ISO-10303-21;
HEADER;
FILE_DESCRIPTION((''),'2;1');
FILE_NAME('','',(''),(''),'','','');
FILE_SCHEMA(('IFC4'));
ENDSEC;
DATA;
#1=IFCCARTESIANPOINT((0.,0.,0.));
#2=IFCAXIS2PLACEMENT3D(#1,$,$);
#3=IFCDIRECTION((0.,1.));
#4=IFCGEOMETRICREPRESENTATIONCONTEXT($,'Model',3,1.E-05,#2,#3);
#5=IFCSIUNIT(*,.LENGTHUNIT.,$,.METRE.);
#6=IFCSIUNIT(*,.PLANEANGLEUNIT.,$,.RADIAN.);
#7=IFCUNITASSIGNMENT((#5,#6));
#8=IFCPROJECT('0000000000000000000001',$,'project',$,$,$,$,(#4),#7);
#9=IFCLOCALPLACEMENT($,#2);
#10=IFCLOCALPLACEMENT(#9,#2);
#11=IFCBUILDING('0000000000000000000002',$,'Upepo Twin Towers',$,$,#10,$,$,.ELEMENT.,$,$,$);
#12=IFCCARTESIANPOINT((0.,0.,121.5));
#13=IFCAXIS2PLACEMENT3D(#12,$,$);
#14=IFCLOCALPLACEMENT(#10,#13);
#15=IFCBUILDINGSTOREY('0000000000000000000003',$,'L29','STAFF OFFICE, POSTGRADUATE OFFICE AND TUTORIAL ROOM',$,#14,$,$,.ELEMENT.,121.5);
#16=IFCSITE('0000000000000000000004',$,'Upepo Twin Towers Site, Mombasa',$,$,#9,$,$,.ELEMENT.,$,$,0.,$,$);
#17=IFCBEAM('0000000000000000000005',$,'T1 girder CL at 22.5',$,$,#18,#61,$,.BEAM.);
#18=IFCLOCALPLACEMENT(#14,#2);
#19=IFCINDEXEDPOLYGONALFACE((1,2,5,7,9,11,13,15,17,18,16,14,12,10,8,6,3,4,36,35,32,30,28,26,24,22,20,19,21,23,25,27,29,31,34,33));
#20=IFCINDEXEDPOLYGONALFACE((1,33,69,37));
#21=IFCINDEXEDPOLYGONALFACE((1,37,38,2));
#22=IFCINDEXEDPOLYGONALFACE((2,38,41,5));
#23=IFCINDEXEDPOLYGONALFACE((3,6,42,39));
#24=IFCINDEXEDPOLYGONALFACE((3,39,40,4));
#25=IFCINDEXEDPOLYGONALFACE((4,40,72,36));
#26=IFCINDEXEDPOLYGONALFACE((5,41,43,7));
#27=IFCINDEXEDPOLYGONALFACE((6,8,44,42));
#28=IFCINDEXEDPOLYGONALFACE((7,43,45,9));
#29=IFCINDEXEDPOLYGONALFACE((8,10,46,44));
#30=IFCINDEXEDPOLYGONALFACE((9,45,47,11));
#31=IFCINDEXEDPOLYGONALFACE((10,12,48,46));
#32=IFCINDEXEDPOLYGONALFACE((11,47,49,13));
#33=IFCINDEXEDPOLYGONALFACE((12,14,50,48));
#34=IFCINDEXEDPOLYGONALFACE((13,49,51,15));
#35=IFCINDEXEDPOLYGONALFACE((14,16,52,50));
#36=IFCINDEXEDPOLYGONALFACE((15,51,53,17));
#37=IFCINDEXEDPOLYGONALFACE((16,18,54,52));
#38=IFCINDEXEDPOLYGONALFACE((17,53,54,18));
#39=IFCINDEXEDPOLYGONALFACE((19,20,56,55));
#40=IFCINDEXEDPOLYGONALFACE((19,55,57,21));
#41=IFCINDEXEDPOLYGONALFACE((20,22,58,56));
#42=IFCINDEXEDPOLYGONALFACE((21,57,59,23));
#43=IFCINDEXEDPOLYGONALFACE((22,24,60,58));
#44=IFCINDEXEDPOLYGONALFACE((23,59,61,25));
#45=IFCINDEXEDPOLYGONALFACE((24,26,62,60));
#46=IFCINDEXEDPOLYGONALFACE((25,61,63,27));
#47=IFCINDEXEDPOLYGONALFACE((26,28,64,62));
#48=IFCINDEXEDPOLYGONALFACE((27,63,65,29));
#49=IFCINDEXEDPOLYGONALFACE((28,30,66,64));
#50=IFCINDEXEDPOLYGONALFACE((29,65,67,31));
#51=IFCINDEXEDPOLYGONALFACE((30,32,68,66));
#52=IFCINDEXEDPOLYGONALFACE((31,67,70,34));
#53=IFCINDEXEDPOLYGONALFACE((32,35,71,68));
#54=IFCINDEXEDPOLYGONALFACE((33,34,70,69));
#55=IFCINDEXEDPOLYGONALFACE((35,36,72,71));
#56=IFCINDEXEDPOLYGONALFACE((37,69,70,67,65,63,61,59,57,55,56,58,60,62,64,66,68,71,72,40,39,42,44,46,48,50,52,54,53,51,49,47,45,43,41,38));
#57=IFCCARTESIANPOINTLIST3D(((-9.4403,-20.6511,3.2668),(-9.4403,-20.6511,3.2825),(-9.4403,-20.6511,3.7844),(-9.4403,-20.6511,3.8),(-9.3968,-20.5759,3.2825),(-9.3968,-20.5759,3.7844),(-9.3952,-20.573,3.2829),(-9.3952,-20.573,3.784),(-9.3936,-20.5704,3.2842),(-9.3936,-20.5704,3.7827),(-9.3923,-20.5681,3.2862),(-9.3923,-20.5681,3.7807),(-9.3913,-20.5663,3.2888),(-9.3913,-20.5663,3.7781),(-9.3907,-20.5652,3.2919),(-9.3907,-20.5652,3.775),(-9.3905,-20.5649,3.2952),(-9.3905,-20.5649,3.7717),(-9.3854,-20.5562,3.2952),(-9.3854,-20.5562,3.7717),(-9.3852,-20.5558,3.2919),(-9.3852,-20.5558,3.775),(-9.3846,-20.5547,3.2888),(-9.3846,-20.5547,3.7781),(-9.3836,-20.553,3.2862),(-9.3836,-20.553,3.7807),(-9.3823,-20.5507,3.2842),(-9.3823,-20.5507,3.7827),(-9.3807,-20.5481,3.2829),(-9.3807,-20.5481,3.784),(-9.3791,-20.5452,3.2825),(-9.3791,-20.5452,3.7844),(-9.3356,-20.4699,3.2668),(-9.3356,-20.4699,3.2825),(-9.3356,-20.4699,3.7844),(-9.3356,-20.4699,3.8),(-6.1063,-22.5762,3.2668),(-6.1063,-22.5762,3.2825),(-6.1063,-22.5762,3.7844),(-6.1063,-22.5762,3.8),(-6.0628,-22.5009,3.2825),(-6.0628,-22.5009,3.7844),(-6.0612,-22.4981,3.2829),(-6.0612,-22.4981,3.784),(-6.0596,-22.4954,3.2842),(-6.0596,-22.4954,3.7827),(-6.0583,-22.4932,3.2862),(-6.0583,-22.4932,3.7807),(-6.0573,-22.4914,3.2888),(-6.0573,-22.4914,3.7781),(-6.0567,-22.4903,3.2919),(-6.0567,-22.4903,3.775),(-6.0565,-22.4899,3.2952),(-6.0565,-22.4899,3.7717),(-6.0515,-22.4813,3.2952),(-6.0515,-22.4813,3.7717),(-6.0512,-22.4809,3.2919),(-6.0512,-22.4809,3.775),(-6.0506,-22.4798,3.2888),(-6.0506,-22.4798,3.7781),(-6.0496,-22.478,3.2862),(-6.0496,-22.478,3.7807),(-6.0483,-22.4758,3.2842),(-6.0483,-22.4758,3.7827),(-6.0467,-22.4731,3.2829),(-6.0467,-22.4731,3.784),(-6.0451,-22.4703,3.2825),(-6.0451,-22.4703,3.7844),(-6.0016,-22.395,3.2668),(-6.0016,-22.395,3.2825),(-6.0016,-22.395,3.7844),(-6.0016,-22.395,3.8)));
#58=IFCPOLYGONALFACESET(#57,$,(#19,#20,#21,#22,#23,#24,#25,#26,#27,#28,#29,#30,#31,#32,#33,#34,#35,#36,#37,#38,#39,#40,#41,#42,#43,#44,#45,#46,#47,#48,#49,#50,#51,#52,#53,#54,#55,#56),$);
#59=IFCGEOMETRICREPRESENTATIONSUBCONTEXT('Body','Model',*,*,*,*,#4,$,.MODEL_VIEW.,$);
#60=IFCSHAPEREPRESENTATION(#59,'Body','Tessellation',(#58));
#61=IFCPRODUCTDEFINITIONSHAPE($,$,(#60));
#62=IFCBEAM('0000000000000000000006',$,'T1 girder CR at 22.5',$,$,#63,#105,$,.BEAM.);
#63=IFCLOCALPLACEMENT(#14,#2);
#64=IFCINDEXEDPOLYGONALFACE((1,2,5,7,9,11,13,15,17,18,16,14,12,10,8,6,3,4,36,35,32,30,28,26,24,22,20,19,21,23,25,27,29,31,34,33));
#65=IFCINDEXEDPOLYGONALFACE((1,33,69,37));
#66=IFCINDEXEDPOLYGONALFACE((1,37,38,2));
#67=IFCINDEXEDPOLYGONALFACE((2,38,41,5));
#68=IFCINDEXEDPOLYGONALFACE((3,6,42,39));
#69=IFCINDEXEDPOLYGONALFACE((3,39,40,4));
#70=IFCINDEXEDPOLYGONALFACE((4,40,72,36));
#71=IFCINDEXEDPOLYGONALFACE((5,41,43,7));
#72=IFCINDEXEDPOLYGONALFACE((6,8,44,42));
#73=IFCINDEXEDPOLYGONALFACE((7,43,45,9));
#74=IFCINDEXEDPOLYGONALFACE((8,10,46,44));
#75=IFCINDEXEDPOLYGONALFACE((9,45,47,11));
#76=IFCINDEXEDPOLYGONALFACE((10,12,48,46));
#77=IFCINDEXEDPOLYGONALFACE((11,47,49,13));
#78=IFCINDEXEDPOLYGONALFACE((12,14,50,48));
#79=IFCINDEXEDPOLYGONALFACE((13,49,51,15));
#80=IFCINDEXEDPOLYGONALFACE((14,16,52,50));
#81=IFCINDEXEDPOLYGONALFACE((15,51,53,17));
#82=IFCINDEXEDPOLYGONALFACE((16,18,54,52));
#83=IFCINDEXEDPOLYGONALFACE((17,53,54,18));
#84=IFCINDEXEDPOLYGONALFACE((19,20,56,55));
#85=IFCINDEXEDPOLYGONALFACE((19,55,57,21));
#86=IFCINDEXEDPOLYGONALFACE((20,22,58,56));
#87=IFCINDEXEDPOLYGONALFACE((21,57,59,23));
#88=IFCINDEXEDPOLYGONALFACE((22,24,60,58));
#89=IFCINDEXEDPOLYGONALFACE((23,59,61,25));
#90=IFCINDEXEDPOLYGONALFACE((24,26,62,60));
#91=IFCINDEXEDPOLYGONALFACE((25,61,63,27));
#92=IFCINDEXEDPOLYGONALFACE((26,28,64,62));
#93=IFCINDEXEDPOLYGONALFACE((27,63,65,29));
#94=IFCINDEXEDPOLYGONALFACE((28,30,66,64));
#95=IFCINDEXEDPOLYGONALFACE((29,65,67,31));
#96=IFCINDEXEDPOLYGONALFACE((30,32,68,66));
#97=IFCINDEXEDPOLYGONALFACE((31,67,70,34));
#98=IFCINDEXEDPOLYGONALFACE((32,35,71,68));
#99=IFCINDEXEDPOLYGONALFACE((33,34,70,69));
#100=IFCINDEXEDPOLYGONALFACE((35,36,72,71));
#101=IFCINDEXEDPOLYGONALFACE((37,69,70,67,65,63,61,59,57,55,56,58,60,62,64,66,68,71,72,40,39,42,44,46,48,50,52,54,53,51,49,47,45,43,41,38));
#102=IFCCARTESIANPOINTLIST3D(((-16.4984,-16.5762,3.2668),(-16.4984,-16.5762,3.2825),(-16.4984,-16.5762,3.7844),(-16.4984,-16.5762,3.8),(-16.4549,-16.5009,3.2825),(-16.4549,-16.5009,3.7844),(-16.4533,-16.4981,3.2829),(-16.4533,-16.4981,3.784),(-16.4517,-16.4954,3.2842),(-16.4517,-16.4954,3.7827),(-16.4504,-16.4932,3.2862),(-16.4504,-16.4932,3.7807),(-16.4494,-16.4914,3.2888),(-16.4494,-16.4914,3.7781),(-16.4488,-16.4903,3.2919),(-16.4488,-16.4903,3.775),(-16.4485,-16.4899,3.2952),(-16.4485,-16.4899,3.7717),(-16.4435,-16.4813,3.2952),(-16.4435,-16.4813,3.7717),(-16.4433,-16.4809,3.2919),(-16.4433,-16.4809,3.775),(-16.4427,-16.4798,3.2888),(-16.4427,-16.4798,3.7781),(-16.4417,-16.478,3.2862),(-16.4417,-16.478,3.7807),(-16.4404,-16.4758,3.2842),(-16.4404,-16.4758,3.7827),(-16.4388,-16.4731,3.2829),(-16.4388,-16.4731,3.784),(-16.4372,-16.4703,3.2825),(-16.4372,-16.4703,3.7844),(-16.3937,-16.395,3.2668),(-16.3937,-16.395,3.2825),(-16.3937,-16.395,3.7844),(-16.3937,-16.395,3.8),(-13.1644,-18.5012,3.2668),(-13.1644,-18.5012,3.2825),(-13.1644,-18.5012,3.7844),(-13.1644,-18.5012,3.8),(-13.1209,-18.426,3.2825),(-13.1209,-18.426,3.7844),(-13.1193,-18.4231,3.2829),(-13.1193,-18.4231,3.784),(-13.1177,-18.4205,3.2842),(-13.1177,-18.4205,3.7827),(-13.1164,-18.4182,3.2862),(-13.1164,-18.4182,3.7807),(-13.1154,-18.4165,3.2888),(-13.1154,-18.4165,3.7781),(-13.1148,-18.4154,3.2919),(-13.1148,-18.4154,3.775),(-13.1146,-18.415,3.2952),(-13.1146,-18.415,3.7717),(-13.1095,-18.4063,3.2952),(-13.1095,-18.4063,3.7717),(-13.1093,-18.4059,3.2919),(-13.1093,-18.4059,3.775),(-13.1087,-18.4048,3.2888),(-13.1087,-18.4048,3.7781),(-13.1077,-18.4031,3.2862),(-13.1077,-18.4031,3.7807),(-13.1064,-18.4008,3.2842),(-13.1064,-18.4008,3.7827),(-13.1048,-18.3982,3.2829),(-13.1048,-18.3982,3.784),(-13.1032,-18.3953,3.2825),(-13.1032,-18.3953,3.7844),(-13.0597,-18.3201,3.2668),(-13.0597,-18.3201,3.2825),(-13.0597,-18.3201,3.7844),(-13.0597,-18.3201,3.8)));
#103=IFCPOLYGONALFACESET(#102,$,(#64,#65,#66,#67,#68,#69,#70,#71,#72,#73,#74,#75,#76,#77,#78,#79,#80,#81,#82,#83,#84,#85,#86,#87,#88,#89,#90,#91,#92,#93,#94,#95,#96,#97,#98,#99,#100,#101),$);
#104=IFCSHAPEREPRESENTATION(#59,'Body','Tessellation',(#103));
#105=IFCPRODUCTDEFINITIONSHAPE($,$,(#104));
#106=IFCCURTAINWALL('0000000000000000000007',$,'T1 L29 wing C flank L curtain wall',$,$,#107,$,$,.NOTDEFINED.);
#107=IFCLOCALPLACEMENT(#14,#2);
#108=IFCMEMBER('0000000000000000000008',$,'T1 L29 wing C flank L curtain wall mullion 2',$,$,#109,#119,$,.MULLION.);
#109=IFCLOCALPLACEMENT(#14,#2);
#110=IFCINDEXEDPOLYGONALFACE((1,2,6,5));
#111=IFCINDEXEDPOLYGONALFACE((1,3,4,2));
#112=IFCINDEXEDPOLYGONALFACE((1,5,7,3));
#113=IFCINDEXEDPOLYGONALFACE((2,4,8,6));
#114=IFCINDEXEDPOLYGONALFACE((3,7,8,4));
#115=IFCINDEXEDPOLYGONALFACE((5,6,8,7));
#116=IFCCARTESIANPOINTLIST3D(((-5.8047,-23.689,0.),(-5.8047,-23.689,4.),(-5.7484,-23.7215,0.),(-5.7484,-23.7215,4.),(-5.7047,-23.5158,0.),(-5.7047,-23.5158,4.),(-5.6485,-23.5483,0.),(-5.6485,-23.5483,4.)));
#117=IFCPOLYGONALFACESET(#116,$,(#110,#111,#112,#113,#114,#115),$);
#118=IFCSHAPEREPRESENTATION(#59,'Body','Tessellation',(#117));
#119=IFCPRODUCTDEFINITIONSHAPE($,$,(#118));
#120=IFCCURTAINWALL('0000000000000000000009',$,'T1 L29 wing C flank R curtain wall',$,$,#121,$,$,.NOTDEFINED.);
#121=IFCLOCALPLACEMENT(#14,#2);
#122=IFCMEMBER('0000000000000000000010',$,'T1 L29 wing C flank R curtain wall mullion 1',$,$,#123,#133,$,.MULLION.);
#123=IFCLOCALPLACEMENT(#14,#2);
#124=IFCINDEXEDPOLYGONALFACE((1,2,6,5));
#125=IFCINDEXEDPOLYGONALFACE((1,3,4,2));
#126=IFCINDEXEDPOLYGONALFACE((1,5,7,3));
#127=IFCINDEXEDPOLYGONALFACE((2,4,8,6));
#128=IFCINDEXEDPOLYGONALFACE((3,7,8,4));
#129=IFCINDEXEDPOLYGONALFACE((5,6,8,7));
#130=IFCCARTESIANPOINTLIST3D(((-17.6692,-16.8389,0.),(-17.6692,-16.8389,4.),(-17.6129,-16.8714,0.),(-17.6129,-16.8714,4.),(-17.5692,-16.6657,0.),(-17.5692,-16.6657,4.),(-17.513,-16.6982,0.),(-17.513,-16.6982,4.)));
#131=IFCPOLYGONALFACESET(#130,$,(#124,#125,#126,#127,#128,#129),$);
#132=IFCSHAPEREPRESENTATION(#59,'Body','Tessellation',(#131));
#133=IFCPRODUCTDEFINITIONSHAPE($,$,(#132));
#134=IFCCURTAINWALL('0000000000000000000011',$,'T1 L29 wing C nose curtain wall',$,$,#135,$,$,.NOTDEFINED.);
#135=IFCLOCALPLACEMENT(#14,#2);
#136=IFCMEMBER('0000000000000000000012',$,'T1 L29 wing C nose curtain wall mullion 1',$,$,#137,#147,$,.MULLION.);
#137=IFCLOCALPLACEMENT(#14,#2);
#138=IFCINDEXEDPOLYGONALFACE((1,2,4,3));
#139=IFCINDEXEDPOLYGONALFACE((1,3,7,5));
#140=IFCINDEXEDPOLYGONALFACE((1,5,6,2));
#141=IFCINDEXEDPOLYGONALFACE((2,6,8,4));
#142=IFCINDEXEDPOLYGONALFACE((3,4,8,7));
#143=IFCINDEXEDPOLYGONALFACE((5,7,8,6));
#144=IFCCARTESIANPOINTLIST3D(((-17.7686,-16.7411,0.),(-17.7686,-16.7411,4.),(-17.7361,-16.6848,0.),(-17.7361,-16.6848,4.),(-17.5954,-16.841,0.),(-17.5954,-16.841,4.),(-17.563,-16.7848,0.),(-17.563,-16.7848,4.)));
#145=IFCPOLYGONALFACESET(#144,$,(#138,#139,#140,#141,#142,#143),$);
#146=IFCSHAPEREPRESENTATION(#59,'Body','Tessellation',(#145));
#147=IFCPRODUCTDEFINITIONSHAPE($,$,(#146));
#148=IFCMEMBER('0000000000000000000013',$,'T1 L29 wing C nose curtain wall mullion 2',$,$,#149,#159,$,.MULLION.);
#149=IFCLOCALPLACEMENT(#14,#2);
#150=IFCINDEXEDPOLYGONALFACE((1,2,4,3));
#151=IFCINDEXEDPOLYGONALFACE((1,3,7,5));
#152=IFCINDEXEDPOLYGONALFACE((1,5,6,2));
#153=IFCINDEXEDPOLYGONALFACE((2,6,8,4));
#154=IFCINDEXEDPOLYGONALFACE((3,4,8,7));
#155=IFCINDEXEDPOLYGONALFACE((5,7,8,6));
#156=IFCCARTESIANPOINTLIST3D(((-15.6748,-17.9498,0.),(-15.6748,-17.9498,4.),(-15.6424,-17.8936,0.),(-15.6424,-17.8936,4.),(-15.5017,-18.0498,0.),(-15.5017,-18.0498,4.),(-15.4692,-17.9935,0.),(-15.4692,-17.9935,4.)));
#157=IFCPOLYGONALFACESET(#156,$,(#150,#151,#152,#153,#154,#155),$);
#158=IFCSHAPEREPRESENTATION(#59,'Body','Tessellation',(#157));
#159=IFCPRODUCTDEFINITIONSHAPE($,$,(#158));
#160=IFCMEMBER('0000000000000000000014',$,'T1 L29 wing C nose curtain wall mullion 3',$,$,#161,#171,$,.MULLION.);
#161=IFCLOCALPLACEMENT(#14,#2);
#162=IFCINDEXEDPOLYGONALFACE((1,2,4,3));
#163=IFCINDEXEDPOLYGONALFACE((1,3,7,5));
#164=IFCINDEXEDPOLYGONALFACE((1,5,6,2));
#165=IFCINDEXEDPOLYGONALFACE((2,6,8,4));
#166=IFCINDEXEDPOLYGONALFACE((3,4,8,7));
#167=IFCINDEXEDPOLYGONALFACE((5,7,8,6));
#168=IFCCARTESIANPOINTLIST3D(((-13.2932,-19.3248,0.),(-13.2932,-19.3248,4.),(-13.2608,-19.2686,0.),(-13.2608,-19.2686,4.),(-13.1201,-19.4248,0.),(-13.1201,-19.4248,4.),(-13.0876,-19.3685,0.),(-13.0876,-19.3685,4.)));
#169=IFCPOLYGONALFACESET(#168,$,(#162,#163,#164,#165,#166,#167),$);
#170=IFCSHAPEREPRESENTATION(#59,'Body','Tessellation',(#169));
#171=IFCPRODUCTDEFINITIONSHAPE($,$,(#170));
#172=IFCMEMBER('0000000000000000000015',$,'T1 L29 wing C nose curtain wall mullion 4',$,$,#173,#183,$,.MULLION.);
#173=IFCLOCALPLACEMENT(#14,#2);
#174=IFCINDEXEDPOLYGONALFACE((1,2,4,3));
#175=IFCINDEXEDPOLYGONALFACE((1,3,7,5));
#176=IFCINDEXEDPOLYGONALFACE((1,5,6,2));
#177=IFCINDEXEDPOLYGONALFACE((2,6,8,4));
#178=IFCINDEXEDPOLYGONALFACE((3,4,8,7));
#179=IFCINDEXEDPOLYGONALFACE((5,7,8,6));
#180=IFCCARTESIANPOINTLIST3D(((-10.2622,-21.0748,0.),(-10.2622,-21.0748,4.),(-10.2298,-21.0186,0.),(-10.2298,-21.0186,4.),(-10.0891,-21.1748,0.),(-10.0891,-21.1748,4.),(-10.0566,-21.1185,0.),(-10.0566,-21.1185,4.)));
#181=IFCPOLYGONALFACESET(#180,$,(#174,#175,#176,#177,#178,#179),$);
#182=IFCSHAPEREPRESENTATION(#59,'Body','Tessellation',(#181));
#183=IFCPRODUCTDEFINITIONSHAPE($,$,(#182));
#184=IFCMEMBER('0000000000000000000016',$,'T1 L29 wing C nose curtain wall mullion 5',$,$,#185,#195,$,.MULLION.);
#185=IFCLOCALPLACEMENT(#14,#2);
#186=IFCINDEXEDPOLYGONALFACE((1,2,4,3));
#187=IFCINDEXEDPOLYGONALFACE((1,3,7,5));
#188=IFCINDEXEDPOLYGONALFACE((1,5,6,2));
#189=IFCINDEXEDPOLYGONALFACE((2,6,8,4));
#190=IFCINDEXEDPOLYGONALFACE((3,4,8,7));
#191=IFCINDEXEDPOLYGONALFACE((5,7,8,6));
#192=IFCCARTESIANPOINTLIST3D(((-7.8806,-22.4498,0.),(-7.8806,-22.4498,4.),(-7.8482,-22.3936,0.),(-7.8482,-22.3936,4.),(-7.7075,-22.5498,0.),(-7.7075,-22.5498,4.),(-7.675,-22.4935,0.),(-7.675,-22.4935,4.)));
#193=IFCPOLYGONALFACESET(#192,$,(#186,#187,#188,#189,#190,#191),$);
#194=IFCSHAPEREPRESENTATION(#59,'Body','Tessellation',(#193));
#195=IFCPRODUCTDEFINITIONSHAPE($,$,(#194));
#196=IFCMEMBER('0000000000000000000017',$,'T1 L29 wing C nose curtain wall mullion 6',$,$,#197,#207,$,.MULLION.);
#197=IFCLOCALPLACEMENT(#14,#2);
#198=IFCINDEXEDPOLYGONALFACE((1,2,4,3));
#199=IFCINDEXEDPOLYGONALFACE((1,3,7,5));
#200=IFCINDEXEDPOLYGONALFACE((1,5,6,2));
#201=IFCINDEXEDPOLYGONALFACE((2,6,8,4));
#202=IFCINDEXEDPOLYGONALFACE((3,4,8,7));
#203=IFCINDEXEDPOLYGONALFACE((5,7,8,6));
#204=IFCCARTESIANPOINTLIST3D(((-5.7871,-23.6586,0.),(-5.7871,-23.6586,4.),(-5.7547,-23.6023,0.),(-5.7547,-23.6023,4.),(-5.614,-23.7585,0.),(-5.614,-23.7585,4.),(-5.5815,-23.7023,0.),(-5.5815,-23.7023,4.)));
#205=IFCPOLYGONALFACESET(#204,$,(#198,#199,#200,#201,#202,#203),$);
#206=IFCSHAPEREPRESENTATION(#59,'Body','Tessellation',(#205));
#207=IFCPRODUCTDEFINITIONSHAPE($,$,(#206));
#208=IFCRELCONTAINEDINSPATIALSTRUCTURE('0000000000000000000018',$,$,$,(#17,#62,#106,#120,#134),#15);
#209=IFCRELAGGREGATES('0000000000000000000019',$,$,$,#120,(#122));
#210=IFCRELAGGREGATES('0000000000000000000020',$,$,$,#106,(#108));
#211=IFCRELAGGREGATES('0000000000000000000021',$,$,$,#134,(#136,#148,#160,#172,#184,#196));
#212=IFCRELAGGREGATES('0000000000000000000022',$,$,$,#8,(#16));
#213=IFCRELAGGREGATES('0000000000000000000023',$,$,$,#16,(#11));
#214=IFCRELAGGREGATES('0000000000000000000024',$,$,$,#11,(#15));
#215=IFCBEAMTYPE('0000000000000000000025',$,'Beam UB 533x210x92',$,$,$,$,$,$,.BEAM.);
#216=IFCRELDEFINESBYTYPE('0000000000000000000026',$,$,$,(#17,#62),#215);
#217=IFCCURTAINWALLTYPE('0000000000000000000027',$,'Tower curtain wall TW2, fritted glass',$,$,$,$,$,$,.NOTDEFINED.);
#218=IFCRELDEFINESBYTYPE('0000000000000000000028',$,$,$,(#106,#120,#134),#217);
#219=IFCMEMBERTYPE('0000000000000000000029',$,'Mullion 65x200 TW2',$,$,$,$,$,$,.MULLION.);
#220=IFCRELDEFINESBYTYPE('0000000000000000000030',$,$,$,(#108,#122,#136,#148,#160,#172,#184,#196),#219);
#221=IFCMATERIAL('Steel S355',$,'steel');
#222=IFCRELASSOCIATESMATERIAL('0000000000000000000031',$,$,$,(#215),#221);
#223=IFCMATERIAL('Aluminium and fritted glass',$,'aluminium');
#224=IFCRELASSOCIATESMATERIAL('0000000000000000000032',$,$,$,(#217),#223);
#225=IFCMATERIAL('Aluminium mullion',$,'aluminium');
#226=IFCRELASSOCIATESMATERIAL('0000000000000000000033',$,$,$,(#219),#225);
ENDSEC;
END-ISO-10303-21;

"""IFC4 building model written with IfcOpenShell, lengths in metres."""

from ifc_helpers import new_model, si_unit, direction, frame, origin, origin_2d, place, context, subcontext, project, spatial, rectangle, i_section, extrude, material, material_profile, profile_set, type_object, element, aggregate, save


model = new_model("IFC4")

# Units and contexts
model_context = context("Model", 3, precision=1e-05, world=origin(), true_north=direction((0.0, 1.0)))
body_context = subcontext(model_context, "Body", "Model", "MODEL_VIEW")
ifc_project = project(units=[si_unit("LENGTHUNIT", "METRE"), si_unit("PLANEANGLEUNIT", "RADIAN")], contexts=[model_context])

# Site, building, storey
site_placement = place(None, origin())
site = spatial("IfcSite", under=ifc_project, at=site_placement, Name="Upepo Twin Towers Site, Mombasa", CompositionType="ELEMENT", RefElevation=0.0)
building_placement = place(site_placement, origin())
building = spatial("IfcBuilding", under=site, at=building_placement, Name="Upepo Twin Towers", CompositionType="ELEMENT")
storey_placement = place(building_placement, frame((0.0, 0.0, 121.5)))
storey = spatial("IfcBuildingStorey", under=building, at=storey_placement, Name="L29", Description="STAFF OFFICE, POSTGRADUATE OFFICE AND TUTORIAL ROOM", CompositionType="ELEMENT", Elevation=121.5)

# Beams
ifc_material_1 = material(Name="Steel S355", Category="steel")
ifc_material_profile_1 = material_profile(ifc_material_1, i_section(OverallWidth=0.2092, OverallDepth=0.5332, WebThickness=0.01, FlangeThickness=0.0156, FilletRadius=0.0127, at=origin_2d()), Name="UB 533x210x92")
ifc_profile_set_1 = profile_set([ifc_material_profile_1], Name="Steel S355")
beam_type_1 = type_object("IfcBeamType", Name="Beam UB 533x210x92", PredefinedType="BEAM", material=ifc_profile_set_1)
for number, where, z_axis, x_axis, name in (
    (1, (-6.054, -22.4856, 3.5334), (-0.866006, 0.500034, 0.0), (-0.500034, -0.866006, 0.0), "T1 girder CL at 22.5"),
    (2, (-16.446, -16.4856, 3.5334), (0.866006, -0.500034, 0.0), (0.500034, 0.866006, 0.0), "T1 girder CR at 22.5"),
):
    element("IfcBeam", number, at=place(storey_placement, frame(where, z_axis=z_axis, x_axis=x_axis)), inside=storey, type_object=beam_type_1, Name=name, PredefinedType="BEAM", context=body_context, shape_type="SweptSolid", body=[
        extrude(i_section(OverallWidth=0.2092, OverallDepth=0.5332, WebThickness=0.01, FlangeThickness=0.0156, FilletRadius=0.0127, at=origin_2d()), origin(), (0.0, 0.0, 1.0), 3.8499),
    ])

# Curtain walls, members
ifc_material_2 = material(Name="Aluminium and fritted glass", Category="aluminium")
curtain_wall_type = type_object("IfcCurtainWallType", Name="Tower curtain wall TW2, fritted glass", PredefinedType="NOTDEFINED", material=ifc_material_2)
curtain_wall_1_placement = place(storey_placement, origin())
curtain_wall_1 = element("IfcCurtainWall", 3, at=curtain_wall_1_placement, inside=storey, type_object=curtain_wall_type, Name="T1 L29 wing C flank L curtain wall", PredefinedType="NOTDEFINED")
ifc_material_3 = material(Name="Aluminium mullion", Category="aluminium")
ifc_material_profile_2 = material_profile(ifc_material_3, rectangle(XDim=0.0649, YDim=0.2, at=origin_2d()), Name="MULLION 65x200")
ifc_profile_set_2 = profile_set([ifc_material_profile_2], Name="Aluminium mullion")
member_type_1 = type_object("IfcMemberType", Name="Mullion 65x200 TW2", PredefinedType="MULLION", material=ifc_profile_set_2)
member_1_placement = place(storey_placement, frame((-5.7266, -23.6187, 0.0), z_axis=(0.0, 0.0, 1.0), x_axis=(0.866025, -0.5, 0.0)))
member_1 = element("IfcMember", 4, at=member_1_placement, type_object=member_type_1, Name="T1 L29 wing C flank L curtain wall mullion 2", PredefinedType="MULLION", context=body_context, shape_type="SweptSolid", body=[
    extrude(rectangle(XDim=0.0649, YDim=0.2, at=origin_2d()), origin(), (0.0, 0.0, 1.0), 4.0),
])
curtain_wall_2_placement = place(storey_placement, origin())
curtain_wall_2 = element("IfcCurtainWall", 5, at=curtain_wall_2_placement, inside=storey, type_object=curtain_wall_type, Name="T1 L29 wing C flank R curtain wall", PredefinedType="NOTDEFINED")
member_2_placement = place(storey_placement, frame((-17.5911, -16.7686, 0.0), z_axis=(0.0, 0.0, 1.0), x_axis=(-0.866025, 0.5, 0.0)))
member_2 = element("IfcMember", 6, at=member_2_placement, type_object=member_type_1, Name="T1 L29 wing C flank R curtain wall mullion 1", PredefinedType="MULLION", context=body_context, shape_type="SweptSolid", body=[
    extrude(rectangle(XDim=0.0649, YDim=0.2, at=origin_2d()), origin(), (0.0, 0.0, 1.0), 4.0),
])

# Curtain wall, members
curtain_wall_3_placement = place(storey_placement, origin())
curtain_wall_3 = element("IfcCurtainWall", 7, at=curtain_wall_3_placement, inside=storey, type_object=curtain_wall_type, Name="T1 L29 wing C nose curtain wall", PredefinedType="NOTDEFINED")
member_3_placement = place(storey_placement, frame((-17.6658, -16.7629, 0.0), z_axis=(0.0, 0.0, 1.0), x_axis=(0.5, 0.866025, 0.0)))
member_3 = element("IfcMember", 8, at=member_3_placement, type_object=member_type_1, Name="T1 L29 wing C nose curtain wall mullion 1", PredefinedType="MULLION", context=body_context, shape_type="SweptSolid", body=[
    extrude(rectangle(XDim=0.0649, YDim=0.2, at=origin_2d()), origin(), (0.0, 0.0, 1.0), 4.0),
])
member_4_placement = place(storey_placement, frame((-15.572, -17.9717, 0.0), z_axis=(0.0, 0.0, 1.0), x_axis=(0.5, 0.866025, 0.0)))
member_4 = element("IfcMember", 9, at=member_4_placement, type_object=member_type_1, Name="T1 L29 wing C nose curtain wall mullion 2", PredefinedType="MULLION", context=body_context, shape_type="SweptSolid", body=[
    extrude(rectangle(XDim=0.0649, YDim=0.2, at=origin_2d()), origin(), (0.0, 0.0, 1.0), 4.0),
])
member_5_placement = place(storey_placement, frame((-13.1904, -19.3467, 0.0), z_axis=(0.0, 0.0, 1.0), x_axis=(0.5, 0.866025, 0.0)))
member_5 = element("IfcMember", 10, at=member_5_placement, type_object=member_type_1, Name="T1 L29 wing C nose curtain wall mullion 3", PredefinedType="MULLION", context=body_context, shape_type="SweptSolid", body=[
    extrude(rectangle(XDim=0.0649, YDim=0.2, at=origin_2d()), origin(), (0.0, 0.0, 1.0), 4.0),
])
member_6_placement = place(storey_placement, frame((-10.1594, -21.0967, 0.0), z_axis=(0.0, 0.0, 1.0), x_axis=(0.5, 0.866025, 0.0)))
member_6 = element("IfcMember", 11, at=member_6_placement, type_object=member_type_1, Name="T1 L29 wing C nose curtain wall mullion 4", PredefinedType="MULLION", context=body_context, shape_type="SweptSolid", body=[
    extrude(rectangle(XDim=0.0649, YDim=0.2, at=origin_2d()), origin(), (0.0, 0.0, 1.0), 4.0),
])
member_7_placement = place(storey_placement, frame((-7.7778, -22.4717, 0.0), z_axis=(0.0, 0.0, 1.0), x_axis=(0.5, 0.866025, 0.0)))
member_7 = element("IfcMember", 12, at=member_7_placement, type_object=member_type_1, Name="T1 L29 wing C nose curtain wall mullion 5", PredefinedType="MULLION", context=body_context, shape_type="SweptSolid", body=[
    extrude(rectangle(XDim=0.0649, YDim=0.2, at=origin_2d()), origin(), (0.0, 0.0, 1.0), 4.0),
])
member_8_placement = place(storey_placement, frame((-5.6843, -23.6804, 0.0), z_axis=(0.0, 0.0, 1.0), x_axis=(0.5, 0.866025, 0.0)))
member_8 = element("IfcMember", 13, at=member_8_placement, type_object=member_type_1, Name="T1 L29 wing C nose curtain wall mullion 6", PredefinedType="MULLION", context=body_context, shape_type="SweptSolid", body=[
    extrude(rectangle(XDim=0.0649, YDim=0.2, at=origin_2d()), origin(), (0.0, 0.0, 1.0), 4.0),
])

aggregate(curtain_wall_2, [member_2])

aggregate(curtain_wall_1, [member_1])
aggregate(curtain_wall_3, [member_3, member_4, member_5, member_6, member_7, member_8])

save(model, "model.ifc")
